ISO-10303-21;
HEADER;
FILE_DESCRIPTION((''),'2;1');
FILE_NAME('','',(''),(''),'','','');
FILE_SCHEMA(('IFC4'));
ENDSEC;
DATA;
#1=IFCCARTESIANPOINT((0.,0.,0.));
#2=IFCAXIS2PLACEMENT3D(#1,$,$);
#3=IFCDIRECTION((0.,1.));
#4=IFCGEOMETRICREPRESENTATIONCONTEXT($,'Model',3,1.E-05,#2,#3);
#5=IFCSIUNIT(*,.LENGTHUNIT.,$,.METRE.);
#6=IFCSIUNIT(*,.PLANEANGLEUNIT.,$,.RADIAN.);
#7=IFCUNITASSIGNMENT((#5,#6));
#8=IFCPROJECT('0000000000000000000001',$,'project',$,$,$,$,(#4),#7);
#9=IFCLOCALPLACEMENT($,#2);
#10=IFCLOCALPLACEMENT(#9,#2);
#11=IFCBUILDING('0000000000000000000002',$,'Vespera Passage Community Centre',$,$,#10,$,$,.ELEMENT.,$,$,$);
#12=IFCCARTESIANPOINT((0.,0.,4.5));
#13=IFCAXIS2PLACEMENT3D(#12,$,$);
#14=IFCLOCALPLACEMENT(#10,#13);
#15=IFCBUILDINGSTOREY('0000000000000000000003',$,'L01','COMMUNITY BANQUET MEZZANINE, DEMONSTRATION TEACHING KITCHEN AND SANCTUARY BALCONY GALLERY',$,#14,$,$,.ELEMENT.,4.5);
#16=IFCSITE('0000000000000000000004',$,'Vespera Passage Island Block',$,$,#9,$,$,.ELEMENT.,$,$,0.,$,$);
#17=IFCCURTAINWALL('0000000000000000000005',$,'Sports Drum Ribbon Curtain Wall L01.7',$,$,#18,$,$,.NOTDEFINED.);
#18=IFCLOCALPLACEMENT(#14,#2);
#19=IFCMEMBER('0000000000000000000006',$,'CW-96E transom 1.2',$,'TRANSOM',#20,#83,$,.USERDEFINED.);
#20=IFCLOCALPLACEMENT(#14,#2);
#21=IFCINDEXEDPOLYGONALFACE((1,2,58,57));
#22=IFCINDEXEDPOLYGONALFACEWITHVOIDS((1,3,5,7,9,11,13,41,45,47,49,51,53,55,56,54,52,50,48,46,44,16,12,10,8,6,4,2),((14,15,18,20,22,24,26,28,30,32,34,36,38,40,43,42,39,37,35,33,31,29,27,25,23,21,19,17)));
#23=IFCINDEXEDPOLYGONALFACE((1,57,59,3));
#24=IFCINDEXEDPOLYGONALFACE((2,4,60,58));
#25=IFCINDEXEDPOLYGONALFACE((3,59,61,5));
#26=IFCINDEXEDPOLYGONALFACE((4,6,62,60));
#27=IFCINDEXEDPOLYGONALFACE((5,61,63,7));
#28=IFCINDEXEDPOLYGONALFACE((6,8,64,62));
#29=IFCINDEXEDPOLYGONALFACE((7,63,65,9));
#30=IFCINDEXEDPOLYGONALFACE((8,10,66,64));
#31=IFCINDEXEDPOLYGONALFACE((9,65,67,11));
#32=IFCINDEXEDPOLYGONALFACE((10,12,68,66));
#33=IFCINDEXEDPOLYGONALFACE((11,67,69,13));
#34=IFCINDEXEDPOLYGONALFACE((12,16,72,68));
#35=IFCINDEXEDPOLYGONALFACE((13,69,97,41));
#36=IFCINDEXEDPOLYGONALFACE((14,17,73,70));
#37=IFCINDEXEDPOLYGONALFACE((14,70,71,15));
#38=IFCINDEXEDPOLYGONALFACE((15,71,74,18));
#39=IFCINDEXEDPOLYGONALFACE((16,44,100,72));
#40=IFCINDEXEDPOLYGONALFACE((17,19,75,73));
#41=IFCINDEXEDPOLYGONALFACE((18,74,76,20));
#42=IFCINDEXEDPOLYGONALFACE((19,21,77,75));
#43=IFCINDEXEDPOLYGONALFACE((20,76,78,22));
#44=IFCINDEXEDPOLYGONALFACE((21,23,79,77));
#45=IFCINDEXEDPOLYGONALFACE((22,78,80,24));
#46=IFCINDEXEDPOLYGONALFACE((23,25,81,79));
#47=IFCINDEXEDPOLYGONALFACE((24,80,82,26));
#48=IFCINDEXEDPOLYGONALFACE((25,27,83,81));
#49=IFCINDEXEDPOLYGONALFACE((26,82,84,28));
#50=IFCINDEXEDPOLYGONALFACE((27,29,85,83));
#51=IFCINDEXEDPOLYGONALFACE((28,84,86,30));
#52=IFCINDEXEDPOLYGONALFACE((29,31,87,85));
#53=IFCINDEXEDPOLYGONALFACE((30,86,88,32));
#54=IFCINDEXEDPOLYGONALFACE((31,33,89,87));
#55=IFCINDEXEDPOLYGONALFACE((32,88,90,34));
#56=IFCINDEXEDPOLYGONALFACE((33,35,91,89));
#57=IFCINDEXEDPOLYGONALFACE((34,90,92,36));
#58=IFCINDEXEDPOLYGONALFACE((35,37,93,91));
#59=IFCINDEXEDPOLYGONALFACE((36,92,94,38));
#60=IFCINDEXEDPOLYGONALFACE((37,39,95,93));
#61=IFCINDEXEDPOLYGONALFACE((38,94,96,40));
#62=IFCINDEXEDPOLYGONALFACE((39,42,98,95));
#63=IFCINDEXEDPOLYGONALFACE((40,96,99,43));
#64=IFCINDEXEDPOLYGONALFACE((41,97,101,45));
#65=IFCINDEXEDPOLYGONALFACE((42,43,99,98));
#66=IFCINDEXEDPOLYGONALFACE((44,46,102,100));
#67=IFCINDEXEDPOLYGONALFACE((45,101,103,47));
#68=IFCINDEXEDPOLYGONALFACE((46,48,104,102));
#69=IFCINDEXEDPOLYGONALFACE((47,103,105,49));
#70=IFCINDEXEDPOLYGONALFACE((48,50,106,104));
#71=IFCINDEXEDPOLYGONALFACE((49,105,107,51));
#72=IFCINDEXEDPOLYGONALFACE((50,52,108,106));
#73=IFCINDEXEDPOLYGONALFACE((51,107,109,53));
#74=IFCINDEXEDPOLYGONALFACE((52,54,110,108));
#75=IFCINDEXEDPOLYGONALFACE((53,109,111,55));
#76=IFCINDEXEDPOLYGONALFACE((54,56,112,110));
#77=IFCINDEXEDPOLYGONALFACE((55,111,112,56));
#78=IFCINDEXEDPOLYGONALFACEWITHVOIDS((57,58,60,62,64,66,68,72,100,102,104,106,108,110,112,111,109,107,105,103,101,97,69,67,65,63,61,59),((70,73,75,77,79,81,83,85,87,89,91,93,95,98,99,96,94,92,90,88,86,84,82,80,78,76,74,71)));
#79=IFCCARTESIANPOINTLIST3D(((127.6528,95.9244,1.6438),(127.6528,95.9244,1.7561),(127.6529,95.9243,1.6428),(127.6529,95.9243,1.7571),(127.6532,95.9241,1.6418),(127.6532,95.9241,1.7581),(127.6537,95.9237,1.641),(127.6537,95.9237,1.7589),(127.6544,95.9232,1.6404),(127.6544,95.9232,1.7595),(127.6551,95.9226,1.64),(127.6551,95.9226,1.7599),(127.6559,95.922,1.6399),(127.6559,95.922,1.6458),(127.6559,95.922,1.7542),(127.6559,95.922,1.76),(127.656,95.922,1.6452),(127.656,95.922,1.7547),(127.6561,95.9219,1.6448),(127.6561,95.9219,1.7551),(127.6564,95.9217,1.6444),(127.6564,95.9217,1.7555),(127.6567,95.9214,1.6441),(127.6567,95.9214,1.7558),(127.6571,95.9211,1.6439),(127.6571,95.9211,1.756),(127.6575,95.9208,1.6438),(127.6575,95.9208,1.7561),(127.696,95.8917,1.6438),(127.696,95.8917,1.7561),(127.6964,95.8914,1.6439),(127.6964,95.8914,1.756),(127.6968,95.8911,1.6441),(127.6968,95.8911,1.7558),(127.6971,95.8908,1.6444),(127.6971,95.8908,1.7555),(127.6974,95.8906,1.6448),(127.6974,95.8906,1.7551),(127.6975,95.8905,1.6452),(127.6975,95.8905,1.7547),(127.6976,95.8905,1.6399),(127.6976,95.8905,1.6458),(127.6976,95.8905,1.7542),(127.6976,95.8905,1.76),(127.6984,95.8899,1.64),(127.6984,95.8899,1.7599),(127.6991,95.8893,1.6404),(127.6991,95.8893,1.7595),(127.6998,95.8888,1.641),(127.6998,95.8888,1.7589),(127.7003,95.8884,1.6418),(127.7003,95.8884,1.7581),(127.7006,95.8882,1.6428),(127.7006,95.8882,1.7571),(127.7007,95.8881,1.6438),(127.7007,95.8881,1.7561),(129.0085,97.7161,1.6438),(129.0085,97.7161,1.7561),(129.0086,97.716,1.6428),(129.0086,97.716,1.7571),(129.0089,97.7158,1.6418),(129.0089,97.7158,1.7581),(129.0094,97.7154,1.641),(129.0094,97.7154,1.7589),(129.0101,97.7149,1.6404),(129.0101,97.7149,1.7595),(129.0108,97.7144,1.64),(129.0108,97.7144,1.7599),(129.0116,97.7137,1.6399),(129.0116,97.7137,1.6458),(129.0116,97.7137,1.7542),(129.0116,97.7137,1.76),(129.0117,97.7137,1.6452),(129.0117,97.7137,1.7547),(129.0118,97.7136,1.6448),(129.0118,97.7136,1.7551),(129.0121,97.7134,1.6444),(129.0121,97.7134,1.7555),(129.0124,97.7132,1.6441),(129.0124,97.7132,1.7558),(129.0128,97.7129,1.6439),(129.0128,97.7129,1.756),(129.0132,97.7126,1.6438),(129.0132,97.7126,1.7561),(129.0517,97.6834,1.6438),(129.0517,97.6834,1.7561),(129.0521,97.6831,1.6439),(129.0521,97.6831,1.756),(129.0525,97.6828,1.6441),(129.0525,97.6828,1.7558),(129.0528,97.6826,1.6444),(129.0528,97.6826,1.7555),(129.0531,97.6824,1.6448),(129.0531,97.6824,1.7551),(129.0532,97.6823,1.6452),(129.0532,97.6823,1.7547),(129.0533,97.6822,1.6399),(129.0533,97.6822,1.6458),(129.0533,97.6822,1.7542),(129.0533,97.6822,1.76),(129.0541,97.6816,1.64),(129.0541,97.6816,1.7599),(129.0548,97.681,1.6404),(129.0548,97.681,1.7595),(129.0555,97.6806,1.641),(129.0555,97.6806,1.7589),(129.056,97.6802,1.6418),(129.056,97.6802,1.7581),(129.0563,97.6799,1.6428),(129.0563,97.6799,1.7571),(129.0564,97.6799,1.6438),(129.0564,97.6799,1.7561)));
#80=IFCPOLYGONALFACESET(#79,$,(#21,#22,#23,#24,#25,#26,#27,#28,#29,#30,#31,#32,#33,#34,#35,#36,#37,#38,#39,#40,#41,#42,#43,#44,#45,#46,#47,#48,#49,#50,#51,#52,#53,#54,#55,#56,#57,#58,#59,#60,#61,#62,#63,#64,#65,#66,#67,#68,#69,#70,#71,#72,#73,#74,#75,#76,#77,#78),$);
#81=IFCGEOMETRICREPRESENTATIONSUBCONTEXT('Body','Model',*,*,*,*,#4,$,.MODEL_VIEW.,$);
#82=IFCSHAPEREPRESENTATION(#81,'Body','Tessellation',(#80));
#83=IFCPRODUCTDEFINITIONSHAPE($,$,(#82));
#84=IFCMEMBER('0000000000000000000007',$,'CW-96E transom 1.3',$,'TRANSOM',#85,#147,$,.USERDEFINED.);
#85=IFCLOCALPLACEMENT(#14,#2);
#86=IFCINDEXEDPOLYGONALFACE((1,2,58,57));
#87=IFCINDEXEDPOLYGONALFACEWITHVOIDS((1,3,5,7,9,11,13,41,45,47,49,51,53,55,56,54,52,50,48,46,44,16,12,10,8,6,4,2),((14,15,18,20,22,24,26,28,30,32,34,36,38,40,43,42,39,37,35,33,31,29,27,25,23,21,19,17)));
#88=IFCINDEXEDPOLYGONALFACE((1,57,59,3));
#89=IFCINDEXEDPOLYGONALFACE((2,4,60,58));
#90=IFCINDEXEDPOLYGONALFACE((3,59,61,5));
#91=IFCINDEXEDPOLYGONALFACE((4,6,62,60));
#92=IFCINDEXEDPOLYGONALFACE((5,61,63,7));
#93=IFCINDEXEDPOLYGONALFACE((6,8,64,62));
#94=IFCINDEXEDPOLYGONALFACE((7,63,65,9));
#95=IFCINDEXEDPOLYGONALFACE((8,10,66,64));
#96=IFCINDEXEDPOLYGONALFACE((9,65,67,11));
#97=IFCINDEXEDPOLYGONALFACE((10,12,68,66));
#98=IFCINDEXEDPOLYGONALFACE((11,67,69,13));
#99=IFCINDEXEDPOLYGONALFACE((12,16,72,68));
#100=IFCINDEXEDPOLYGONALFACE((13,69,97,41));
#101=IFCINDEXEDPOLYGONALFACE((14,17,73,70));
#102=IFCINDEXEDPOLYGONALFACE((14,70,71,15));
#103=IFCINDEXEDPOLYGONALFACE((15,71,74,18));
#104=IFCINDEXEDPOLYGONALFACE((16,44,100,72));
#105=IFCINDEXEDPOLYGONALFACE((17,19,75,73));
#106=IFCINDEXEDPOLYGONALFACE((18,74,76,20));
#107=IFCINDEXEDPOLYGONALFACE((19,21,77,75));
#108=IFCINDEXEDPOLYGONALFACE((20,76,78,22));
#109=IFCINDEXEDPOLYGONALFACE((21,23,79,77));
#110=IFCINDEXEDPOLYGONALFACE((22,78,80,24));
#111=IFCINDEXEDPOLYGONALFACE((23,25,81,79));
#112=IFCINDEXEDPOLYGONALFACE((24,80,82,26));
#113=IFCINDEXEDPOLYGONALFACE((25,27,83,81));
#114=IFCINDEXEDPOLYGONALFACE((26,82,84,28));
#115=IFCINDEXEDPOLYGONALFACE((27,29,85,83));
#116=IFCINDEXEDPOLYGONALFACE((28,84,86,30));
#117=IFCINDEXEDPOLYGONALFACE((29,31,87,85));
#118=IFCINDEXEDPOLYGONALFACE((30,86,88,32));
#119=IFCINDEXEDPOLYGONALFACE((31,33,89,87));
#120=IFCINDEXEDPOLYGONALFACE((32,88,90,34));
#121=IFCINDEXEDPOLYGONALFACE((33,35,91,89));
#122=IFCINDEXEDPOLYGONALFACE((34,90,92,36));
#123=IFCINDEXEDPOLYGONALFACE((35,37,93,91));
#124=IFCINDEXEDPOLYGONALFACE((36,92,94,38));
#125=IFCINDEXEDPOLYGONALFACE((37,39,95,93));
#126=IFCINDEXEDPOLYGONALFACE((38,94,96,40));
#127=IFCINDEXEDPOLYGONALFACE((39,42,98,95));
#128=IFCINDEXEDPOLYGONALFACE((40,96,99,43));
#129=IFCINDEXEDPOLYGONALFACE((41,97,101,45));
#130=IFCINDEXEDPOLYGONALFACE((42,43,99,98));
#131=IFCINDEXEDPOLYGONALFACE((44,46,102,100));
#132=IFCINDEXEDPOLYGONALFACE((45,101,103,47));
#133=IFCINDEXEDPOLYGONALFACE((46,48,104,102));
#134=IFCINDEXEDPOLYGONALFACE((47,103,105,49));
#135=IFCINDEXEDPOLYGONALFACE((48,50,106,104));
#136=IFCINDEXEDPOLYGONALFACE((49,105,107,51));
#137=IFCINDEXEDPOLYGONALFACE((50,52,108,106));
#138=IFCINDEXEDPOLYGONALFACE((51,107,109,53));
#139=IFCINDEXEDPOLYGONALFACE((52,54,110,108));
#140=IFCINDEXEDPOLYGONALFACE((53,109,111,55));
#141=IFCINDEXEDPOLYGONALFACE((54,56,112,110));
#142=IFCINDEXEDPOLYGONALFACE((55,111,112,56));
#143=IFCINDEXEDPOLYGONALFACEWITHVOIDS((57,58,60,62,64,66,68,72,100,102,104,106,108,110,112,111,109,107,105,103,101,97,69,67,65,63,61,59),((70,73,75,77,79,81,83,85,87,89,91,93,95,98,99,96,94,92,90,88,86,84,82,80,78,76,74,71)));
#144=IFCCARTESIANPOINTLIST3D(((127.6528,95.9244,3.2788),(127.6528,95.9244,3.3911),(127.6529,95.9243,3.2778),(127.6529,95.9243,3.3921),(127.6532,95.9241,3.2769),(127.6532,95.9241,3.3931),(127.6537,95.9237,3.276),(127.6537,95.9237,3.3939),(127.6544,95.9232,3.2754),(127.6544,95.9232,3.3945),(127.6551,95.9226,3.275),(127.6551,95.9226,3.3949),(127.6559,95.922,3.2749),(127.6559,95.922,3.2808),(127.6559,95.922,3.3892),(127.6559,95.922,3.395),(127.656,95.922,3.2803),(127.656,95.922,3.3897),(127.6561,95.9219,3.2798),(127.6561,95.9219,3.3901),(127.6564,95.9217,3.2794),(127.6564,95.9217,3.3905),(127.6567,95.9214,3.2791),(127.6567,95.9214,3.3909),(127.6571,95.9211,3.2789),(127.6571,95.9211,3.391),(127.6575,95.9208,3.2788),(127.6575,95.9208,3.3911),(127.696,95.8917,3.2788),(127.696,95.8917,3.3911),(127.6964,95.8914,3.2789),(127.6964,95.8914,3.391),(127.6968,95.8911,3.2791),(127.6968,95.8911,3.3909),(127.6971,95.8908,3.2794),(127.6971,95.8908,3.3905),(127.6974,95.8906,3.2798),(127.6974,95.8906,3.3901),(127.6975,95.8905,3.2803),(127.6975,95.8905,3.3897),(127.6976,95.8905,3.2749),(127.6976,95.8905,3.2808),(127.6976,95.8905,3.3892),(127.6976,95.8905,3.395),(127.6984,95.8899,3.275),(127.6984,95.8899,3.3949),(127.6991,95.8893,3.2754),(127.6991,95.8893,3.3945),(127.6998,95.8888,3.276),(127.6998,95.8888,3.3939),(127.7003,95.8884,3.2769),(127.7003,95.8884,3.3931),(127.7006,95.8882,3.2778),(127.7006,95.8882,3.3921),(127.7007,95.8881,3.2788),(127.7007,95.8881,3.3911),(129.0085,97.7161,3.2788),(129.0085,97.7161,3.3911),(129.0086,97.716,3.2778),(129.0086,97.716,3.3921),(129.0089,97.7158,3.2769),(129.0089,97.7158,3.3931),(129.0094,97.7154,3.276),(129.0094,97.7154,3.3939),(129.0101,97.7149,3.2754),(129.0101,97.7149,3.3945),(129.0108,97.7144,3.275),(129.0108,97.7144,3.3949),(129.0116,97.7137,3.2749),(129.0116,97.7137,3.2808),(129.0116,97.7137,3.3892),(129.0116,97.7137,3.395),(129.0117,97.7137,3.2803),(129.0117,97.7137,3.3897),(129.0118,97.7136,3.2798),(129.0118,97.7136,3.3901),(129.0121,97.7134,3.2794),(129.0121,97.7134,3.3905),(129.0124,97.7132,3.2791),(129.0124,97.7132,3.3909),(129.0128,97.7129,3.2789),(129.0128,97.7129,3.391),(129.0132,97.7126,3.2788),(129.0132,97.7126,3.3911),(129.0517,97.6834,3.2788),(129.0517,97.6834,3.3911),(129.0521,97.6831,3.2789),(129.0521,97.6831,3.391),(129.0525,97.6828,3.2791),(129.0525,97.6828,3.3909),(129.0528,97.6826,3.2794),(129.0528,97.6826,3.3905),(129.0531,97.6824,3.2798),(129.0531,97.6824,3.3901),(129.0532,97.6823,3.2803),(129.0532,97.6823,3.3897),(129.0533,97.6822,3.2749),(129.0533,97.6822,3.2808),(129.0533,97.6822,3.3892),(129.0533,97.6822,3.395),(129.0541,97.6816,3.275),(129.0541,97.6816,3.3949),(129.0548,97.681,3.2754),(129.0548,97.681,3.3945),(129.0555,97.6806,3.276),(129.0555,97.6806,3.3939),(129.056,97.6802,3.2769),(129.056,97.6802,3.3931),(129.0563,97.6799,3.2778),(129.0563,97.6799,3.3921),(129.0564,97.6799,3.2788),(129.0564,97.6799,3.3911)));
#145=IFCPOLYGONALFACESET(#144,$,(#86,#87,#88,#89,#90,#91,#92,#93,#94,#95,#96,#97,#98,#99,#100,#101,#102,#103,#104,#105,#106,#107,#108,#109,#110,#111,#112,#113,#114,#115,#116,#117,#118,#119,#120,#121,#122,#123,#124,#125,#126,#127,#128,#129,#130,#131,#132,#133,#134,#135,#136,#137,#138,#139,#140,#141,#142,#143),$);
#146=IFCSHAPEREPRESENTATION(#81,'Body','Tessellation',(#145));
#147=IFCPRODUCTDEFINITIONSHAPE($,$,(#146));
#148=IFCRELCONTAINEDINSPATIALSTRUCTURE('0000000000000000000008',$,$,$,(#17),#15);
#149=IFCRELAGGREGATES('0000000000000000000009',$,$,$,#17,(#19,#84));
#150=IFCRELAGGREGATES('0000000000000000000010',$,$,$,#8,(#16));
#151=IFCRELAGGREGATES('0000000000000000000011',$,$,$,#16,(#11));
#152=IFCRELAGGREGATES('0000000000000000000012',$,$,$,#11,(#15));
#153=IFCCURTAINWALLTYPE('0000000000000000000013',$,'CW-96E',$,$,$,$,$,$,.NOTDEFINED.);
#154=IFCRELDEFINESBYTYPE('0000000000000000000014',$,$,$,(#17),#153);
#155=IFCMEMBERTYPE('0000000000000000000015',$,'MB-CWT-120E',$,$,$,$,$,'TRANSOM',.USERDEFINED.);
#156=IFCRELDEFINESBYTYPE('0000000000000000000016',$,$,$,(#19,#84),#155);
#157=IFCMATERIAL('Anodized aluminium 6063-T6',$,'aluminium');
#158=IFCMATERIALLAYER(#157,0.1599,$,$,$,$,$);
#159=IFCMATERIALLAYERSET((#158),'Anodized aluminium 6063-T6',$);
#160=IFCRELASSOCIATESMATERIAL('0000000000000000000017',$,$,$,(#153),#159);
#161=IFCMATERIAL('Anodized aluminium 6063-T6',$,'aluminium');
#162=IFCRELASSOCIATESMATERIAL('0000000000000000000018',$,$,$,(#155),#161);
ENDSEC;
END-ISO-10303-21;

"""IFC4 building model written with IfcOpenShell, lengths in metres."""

from ifc_helpers import new_model, si_unit, direction, frame, origin, origin_2d, place, context, subcontext, project, spatial, hollow_rectangle, extrude, material, layer, layer_set, material_profile, profile_set, type_object, element, aggregate, save


model = new_model("IFC4")

# Units and contexts
model_context = context("Model", 3, precision=1e-05, world=origin(), true_north=direction((0.0, 1.0)))
body_context = subcontext(model_context, "Body", "Model", "MODEL_VIEW")
ifc_project = project(units=[si_unit("LENGTHUNIT", "METRE"), si_unit("PLANEANGLEUNIT", "RADIAN")], contexts=[model_context])

# Site, building, storey
site_placement = place(None, origin())
site = spatial("IfcSite", under=ifc_project, at=site_placement, Name="Vespera Passage Island Block", CompositionType="ELEMENT", RefElevation=0.0)
building_placement = place(site_placement, origin())
building = spatial("IfcBuilding", under=site, at=building_placement, Name="Vespera Passage Community Centre", CompositionType="ELEMENT")
storey_placement = place(building_placement, frame((0.0, 0.0, 4.5)))
storey = spatial("IfcBuildingStorey", under=building, at=storey_placement, Name="L01", Description="COMMUNITY BANQUET MEZZANINE, DEMONSTRATION TEACHING KITCHEN AND SANCTUARY BALCONY GALLERY", CompositionType="ELEMENT", Elevation=4.5)

# Curtain wall
ifc_material_1 = material(Name="Anodized aluminium 6063-T6", Category="aluminium")
ifc_layer_1 = layer(ifc_material_1, 0.1599)
ifc_layer_set_1 = layer_set([ifc_layer_1], Name="Anodized aluminium 6063-T6")
curtain_wall_type_1 = type_object("IfcCurtainWallType", Name="CW-96E", PredefinedType="NOTDEFINED", material=ifc_layer_set_1)
curtain_wall_1_placement = place(storey_placement, origin())
curtain_wall_1 = element("IfcCurtainWall", 1, at=curtain_wall_1_placement, inside=storey, type_object=curtain_wall_type_1, Name="Sports Drum Ribbon Curtain Wall L01.7", PredefinedType="NOTDEFINED")

# Members
ifc_material_2 = material(Name="Anodized aluminium 6063-T6", Category="aluminium")
ifc_material_profile_1 = material_profile(ifc_material_2, hollow_rectangle(XDim=0.0601, YDim=0.1201, WallThickness=0.0039, InnerFilletRadius=0.002, OuterFilletRadius=0.0039, at=origin_2d()), Name="ALU120X60X4")
ifc_profile_set_1 = profile_set([ifc_material_profile_1], Name="Anodized aluminium 6063-T6")
member_type_1 = type_object("IfcMemberType", Name="MB-CWT-120E", ElementType="TRANSOM", PredefinedType="USERDEFINED", material=ifc_profile_set_1)
member_1_placement = place(storey_placement, frame((127.6768, 95.9062, 1.7), z_axis=(0.603385, 0.79745, 0.0), x_axis=(-0.79745, 0.603385, 0.0)))
member_1 = element("IfcMember", 2, at=member_1_placement, type_object=member_type_1, Name="CW-96E transom 1.2", ObjectType="TRANSOM", PredefinedType="USERDEFINED", context=body_context, shape_type="SweptSolid", body=[
    extrude(hollow_rectangle(XDim=0.0601, YDim=0.1201, WallThickness=0.0039, InnerFilletRadius=0.002, OuterFilletRadius=0.0039, at=origin_2d()), origin(), (0.0, 0.0, 1.0), 2.2468),
])
member_2_placement = place(storey_placement, frame((127.6768, 95.9062, 3.335), z_axis=(0.603385, 0.79745, 0.0), x_axis=(-0.79745, 0.603385, 0.0)))
member_2 = element("IfcMember", 3, at=member_2_placement, type_object=member_type_1, Name="CW-96E transom 1.3", ObjectType="TRANSOM", PredefinedType="USERDEFINED", context=body_context, shape_type="SweptSolid", body=[
    extrude(hollow_rectangle(XDim=0.0601, YDim=0.1201, WallThickness=0.0039, InnerFilletRadius=0.002, OuterFilletRadius=0.0039, at=origin_2d()), origin(), (0.0, 0.0, 1.0), 2.2468),
])

aggregate(curtain_wall_1, [member_1, member_2])

save(model, "model.ifc")
